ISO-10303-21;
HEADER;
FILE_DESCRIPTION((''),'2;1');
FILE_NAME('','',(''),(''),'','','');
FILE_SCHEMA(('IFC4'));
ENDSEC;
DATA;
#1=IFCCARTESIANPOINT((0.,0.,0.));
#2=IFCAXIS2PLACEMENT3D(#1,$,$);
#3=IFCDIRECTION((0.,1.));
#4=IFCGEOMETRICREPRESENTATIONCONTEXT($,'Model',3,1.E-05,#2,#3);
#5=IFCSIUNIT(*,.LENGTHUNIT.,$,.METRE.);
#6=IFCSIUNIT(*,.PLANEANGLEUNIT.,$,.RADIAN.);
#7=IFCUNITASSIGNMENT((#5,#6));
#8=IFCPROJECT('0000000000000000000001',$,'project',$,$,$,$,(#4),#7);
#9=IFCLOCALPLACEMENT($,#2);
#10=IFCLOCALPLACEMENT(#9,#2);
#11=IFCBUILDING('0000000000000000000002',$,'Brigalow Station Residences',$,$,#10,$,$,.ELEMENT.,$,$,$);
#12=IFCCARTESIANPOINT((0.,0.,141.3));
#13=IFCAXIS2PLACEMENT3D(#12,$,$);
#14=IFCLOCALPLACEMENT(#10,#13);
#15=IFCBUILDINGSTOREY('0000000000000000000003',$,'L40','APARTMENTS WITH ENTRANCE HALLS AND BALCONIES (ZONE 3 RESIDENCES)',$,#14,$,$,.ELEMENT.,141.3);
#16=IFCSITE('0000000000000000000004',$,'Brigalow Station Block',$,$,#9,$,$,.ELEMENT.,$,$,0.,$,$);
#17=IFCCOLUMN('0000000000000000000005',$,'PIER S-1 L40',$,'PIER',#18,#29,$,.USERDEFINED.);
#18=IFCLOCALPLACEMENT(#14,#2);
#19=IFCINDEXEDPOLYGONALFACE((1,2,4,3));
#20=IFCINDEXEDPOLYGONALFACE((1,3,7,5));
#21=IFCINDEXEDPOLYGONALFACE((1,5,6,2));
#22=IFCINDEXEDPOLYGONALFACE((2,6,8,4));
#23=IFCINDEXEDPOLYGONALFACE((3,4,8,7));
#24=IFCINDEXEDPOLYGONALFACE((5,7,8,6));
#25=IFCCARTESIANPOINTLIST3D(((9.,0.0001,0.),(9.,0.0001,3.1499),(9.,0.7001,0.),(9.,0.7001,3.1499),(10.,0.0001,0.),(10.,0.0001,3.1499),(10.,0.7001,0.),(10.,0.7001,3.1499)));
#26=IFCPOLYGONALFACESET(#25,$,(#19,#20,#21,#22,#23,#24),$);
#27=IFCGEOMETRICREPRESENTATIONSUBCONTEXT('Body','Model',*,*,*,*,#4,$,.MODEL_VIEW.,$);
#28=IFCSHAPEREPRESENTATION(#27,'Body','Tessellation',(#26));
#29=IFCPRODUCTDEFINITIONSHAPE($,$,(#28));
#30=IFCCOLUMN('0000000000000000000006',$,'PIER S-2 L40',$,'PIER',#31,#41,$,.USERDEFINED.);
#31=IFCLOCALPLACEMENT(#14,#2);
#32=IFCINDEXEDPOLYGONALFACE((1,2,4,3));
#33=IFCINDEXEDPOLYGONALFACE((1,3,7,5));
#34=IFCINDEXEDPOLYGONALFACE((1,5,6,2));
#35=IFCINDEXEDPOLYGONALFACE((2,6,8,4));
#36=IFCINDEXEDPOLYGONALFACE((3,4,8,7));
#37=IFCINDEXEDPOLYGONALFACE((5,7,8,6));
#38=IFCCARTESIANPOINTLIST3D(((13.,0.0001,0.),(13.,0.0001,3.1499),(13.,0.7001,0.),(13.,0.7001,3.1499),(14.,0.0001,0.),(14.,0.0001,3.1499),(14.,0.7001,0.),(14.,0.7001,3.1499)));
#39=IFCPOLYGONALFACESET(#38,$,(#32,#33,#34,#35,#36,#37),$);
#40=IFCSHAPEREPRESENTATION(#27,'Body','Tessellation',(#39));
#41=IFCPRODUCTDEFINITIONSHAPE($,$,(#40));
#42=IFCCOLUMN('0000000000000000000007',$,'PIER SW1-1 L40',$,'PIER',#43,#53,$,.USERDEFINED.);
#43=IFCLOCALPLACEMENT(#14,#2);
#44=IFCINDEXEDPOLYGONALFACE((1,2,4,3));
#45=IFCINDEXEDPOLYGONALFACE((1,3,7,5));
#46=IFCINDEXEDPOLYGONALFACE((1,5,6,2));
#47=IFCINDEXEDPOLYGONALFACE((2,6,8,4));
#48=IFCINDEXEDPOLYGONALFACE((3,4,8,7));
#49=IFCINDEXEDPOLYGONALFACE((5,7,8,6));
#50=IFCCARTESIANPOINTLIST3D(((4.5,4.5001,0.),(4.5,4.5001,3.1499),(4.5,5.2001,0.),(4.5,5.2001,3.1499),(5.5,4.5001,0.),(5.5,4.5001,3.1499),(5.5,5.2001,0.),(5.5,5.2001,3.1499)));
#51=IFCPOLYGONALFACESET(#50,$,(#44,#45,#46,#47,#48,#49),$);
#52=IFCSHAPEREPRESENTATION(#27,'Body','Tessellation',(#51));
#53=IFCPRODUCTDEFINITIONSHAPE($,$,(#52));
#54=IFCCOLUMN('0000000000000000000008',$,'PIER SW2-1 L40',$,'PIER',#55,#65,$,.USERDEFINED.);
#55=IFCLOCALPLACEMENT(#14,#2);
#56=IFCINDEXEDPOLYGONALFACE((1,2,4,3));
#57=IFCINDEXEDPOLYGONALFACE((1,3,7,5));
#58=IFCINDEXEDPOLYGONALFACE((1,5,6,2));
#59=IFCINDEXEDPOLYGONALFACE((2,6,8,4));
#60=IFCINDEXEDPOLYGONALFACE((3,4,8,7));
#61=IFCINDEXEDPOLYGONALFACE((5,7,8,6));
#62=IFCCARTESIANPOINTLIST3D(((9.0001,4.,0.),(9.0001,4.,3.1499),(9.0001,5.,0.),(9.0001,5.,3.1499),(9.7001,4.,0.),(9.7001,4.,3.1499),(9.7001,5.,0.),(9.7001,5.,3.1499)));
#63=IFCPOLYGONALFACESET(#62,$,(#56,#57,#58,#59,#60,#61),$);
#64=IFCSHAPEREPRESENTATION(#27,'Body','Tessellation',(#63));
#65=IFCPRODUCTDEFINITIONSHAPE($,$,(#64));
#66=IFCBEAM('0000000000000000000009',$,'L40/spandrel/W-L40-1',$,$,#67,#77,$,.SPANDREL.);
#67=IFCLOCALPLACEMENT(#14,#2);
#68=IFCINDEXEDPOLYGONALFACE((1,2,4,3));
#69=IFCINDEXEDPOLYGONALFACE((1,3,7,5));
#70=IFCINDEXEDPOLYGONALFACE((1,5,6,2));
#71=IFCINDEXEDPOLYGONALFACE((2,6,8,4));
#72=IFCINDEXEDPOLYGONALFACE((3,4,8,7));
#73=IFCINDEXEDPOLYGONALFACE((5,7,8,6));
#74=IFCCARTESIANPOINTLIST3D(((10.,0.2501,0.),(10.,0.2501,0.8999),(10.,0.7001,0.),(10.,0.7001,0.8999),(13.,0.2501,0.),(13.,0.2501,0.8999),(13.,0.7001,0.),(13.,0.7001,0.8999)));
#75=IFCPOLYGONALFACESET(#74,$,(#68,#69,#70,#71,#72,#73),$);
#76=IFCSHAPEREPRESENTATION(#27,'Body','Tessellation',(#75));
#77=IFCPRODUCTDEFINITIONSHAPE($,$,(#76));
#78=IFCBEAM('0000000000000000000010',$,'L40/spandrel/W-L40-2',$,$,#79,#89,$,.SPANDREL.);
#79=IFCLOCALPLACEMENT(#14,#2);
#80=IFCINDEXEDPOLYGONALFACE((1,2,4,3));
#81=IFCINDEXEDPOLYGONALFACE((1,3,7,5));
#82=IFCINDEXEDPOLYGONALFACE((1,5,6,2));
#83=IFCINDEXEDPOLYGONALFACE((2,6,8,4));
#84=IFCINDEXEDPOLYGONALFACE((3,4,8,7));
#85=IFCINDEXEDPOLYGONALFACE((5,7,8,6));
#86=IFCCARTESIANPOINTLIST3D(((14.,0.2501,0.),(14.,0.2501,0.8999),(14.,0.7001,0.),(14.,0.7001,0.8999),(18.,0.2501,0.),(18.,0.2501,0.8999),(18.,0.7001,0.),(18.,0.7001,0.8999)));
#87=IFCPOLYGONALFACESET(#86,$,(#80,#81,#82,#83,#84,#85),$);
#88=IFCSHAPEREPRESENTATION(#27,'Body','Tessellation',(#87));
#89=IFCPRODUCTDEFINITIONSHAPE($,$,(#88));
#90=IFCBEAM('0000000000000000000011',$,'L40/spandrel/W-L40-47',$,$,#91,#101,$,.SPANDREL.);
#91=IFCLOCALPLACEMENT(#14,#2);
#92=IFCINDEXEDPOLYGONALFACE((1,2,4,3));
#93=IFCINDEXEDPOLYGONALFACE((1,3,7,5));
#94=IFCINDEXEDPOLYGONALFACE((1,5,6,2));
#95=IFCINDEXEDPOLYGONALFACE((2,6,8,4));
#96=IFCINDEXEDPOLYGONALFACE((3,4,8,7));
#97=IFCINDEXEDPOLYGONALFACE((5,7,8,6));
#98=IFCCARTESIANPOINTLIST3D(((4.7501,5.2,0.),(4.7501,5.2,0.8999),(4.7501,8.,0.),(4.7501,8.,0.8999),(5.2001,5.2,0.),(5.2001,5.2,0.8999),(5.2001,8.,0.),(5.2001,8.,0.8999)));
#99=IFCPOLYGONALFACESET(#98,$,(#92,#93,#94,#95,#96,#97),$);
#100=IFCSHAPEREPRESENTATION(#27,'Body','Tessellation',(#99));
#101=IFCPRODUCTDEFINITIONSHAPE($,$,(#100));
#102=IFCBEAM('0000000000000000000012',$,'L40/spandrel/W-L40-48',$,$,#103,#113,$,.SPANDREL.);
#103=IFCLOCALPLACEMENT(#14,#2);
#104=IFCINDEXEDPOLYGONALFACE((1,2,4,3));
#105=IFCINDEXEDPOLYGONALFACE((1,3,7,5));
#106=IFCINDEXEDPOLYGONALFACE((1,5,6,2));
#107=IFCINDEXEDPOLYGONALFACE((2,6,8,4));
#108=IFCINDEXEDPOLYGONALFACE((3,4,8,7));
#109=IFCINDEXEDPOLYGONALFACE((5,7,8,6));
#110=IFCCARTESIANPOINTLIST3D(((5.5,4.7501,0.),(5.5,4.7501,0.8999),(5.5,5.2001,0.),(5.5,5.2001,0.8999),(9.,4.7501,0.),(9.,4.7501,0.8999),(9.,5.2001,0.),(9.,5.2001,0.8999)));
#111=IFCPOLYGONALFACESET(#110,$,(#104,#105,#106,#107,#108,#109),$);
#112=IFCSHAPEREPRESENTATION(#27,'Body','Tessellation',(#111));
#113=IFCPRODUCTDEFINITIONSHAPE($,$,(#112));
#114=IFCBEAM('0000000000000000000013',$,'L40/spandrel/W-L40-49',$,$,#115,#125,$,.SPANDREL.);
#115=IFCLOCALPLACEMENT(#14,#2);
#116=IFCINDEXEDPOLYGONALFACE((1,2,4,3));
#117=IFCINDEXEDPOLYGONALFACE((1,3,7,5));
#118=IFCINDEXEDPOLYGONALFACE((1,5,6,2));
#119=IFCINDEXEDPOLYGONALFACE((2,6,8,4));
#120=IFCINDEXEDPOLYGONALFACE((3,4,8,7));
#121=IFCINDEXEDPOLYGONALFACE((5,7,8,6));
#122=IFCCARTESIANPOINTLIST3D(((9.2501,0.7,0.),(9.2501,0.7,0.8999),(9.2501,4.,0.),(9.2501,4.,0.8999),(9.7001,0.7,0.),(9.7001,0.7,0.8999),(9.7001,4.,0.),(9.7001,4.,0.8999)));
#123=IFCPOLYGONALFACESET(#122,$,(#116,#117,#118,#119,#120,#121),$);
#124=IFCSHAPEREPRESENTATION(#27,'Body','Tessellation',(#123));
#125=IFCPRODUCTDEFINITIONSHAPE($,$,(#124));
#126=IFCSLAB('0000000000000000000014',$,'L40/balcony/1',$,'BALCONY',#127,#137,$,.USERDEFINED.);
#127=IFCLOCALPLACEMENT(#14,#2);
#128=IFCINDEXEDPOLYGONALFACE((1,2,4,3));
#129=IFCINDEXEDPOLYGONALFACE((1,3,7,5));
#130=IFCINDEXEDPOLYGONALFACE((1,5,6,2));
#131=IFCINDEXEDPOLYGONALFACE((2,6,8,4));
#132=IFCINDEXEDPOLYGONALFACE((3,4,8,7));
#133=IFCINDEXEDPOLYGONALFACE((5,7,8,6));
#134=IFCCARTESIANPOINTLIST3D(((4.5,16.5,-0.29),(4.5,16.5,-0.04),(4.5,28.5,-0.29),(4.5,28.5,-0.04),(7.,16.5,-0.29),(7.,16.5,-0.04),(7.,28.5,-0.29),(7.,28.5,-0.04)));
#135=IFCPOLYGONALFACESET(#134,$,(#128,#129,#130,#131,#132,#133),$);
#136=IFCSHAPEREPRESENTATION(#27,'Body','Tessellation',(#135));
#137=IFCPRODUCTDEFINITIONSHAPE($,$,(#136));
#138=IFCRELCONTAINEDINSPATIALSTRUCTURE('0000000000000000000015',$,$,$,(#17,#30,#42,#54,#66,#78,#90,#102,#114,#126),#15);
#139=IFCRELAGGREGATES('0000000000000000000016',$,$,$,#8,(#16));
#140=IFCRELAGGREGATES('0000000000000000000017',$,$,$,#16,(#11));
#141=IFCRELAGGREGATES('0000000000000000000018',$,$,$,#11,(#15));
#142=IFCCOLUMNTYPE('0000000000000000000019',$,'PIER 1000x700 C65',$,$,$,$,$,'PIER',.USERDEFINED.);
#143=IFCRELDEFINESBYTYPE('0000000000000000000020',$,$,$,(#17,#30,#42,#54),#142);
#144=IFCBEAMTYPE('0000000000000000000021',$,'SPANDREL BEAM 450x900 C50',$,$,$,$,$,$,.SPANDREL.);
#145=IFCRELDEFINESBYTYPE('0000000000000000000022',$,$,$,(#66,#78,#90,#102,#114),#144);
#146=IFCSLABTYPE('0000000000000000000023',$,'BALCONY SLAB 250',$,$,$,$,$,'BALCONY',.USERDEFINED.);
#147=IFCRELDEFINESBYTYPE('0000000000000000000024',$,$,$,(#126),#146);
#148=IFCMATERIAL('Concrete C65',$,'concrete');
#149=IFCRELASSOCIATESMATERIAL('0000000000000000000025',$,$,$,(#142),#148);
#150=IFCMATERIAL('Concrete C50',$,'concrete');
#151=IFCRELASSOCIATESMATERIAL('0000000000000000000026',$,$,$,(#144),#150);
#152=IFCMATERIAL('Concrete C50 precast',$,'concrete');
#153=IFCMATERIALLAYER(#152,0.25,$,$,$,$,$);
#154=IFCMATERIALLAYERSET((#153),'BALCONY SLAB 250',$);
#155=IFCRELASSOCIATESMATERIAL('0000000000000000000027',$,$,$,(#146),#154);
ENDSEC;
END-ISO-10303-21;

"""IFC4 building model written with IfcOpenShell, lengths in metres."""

from ifc_helpers import new_model, si_unit, direction, frame, origin, origin_2d, place, context, subcontext, project, spatial, polyline, rectangle, outline, extrude, material, layer, layer_set, material_profile, profile_set, type_object, element, save


model = new_model("IFC4")

# Units and contexts
model_context = context("Model", 3, precision=1e-05, world=origin(), true_north=direction((0.0, 1.0)))
body_context = subcontext(model_context, "Body", "Model", "MODEL_VIEW")
ifc_project = project(units=[si_unit("LENGTHUNIT", "METRE"), si_unit("PLANEANGLEUNIT", "RADIAN")], contexts=[model_context])

# Site, building, storey
site_placement = place(None, origin())
site = spatial("IfcSite", under=ifc_project, at=site_placement, Name="Brigalow Station Block", CompositionType="ELEMENT", RefElevation=0.0)
building_placement = place(site_placement, origin())
building = spatial("IfcBuilding", under=site, at=building_placement, Name="Brigalow Station Residences", CompositionType="ELEMENT")
storey_placement = place(building_placement, frame((0.0, 0.0, 141.3)))
storey = spatial("IfcBuildingStorey", under=building, at=storey_placement, Name="L40", Description="APARTMENTS WITH ENTRANCE HALLS AND BALCONIES (ZONE 3 RESIDENCES)", CompositionType="ELEMENT", Elevation=141.3)

# Columns
ifc_material_1 = material(Name="Concrete C65", Category="concrete")
ifc_material_profile_1 = material_profile(ifc_material_1, rectangle(XDim=1.0, YDim=0.7, at=origin_2d()), Name="RC1000x700")
ifc_profile_set_1 = profile_set([ifc_material_profile_1], Name="Concrete C65")
column_type = type_object("IfcColumnType", Name="PIER 1000x700 C65", ElementType="PIER", PredefinedType="USERDEFINED", material=ifc_profile_set_1)
for number, where, z_axis, x_axis, name in (
    (1, (9.5, 0.3501, 0.0), (0.0, 0.0, 1.0), (1.0, 0.0, 0.0), "PIER S-1 L40"),
    (2, (13.5, 0.3501, 0.0), (0.0, 0.0, 1.0), (1.0, 0.0, 0.0), "PIER S-2 L40"),
    (3, (5.0, 4.8501, 0.0), (0.0, 0.0, 1.0), (1.0, 0.0, 0.0), "PIER SW1-1 L40"),
    (4, (9.3501, 4.5, 0.0), (0.0, 0.0, 1.0), (0.0, -1.0, 0.0), "PIER SW2-1 L40"),
):
    element("IfcColumn", number, at=place(storey_placement, frame(where, z_axis=z_axis, x_axis=x_axis)), inside=storey, type_object=column_type, Name=name, ObjectType="PIER", PredefinedType="USERDEFINED", context=body_context, shape_type="SweptSolid", body=[
        extrude(rectangle(XDim=1.0, YDim=0.7, at=origin_2d()), origin(), (0.0, 0.0, 1.0), 3.1499),
    ])

# Beams
ifc_material_2 = material(Name="Concrete C50", Category="concrete")
ifc_material_profile_2 = material_profile(ifc_material_2, rectangle(XDim=0.45, YDim=0.8999, at=origin_2d()), Name="RC450x900")
ifc_profile_set_2 = profile_set([ifc_material_profile_2], Name="Concrete C50")
beam_type = type_object("IfcBeamType", Name="SPANDREL BEAM 450x900 C50", PredefinedType="SPANDREL", material=ifc_profile_set_2)
beam_1_placement = place(storey_placement, frame((10.0, 0.4751, 0.45), z_axis=(1.0, 0.0, 0.0), x_axis=(0.0, 1.0, 0.0)))
element("IfcBeam", 5, at=beam_1_placement, inside=storey, type_object=beam_type, Name="L40/spandrel/W-L40-1", PredefinedType="SPANDREL", context=body_context, shape_type="SweptSolid", body=[
    extrude(rectangle(XDim=0.45, YDim=0.8999, at=origin_2d()), origin(), (0.0, 0.0, 1.0), 3.0),
])
beam_2_placement = place(storey_placement, frame((14.0, 0.4751, 0.45), z_axis=(1.0, 0.0, 0.0), x_axis=(0.0, 1.0, 0.0)))
element("IfcBeam", 6, at=beam_2_placement, inside=storey, type_object=beam_type, Name="L40/spandrel/W-L40-2", PredefinedType="SPANDREL", context=body_context, shape_type="SweptSolid", body=[
    extrude(rectangle(XDim=0.45, YDim=0.8999, at=origin_2d()), origin(), (0.0, 0.0, 1.0), 4.0),
])
beam_3_placement = place(storey_placement, frame((4.9751, 8.0, 0.45), z_axis=(0.0, -1.0, 0.0), x_axis=(1.0, 0.0, 0.0)))
element("IfcBeam", 7, at=beam_3_placement, inside=storey, type_object=beam_type, Name="L40/spandrel/W-L40-47", PredefinedType="SPANDREL", context=body_context, shape_type="SweptSolid", body=[
    extrude(rectangle(XDim=0.45, YDim=0.8999, at=origin_2d()), origin(), (0.0, 0.0, 1.0), 2.8),
])
beam_4_placement = place(storey_placement, frame((5.5, 4.9751, 0.45), z_axis=(1.0, 0.0, 0.0), x_axis=(0.0, 1.0, 0.0)))
element("IfcBeam", 8, at=beam_4_placement, inside=storey, type_object=beam_type, Name="L40/spandrel/W-L40-48", PredefinedType="SPANDREL", context=body_context, shape_type="SweptSolid", body=[
    extrude(rectangle(XDim=0.45, YDim=0.8999, at=origin_2d()), origin(), (0.0, 0.0, 1.0), 3.5),
])
beam_5_placement = place(storey_placement, frame((9.4751, 4.0, 0.45), z_axis=(0.0, -1.0, 0.0), x_axis=(1.0, 0.0, 0.0)))
element("IfcBeam", 9, at=beam_5_placement, inside=storey, type_object=beam_type, Name="L40/spandrel/W-L40-49", PredefinedType="SPANDREL", context=body_context, shape_type="SweptSolid", body=[
    extrude(rectangle(XDim=0.45, YDim=0.8999, at=origin_2d()), origin(), (0.0, 0.0, 1.0), 3.3),
])

# Slab
ifc_material_3 = material(Name="Concrete C50 precast", Category="concrete")
ifc_layer_1 = layer(ifc_material_3, 0.25)
ifc_layer_set_1 = layer_set([ifc_layer_1], Name="BALCONY SLAB 250")
slab_type_1 = type_object("IfcSlabType", Name="BALCONY SLAB 250", ElementType="BALCONY", PredefinedType="USERDEFINED", material=ifc_layer_set_1)
slab_1_placement = place(storey_placement, frame((0.0, 0.0, -0.29)))
element("IfcSlab", 10, at=slab_1_placement, inside=storey, type_object=slab_type_1, Name="L40/balcony/1", ObjectType="BALCONY", PredefinedType="USERDEFINED", context=body_context, shape_type="SweptSolid", body=[
    extrude(outline(polyline([(7.0, 28.5), (4.5, 28.5), (4.5, 16.5), (7.0, 16.5), (7.0, 28.5)])), origin(), (0.0, 0.0, 1.0), 0.25),
])

save(model, "model.ifc")
